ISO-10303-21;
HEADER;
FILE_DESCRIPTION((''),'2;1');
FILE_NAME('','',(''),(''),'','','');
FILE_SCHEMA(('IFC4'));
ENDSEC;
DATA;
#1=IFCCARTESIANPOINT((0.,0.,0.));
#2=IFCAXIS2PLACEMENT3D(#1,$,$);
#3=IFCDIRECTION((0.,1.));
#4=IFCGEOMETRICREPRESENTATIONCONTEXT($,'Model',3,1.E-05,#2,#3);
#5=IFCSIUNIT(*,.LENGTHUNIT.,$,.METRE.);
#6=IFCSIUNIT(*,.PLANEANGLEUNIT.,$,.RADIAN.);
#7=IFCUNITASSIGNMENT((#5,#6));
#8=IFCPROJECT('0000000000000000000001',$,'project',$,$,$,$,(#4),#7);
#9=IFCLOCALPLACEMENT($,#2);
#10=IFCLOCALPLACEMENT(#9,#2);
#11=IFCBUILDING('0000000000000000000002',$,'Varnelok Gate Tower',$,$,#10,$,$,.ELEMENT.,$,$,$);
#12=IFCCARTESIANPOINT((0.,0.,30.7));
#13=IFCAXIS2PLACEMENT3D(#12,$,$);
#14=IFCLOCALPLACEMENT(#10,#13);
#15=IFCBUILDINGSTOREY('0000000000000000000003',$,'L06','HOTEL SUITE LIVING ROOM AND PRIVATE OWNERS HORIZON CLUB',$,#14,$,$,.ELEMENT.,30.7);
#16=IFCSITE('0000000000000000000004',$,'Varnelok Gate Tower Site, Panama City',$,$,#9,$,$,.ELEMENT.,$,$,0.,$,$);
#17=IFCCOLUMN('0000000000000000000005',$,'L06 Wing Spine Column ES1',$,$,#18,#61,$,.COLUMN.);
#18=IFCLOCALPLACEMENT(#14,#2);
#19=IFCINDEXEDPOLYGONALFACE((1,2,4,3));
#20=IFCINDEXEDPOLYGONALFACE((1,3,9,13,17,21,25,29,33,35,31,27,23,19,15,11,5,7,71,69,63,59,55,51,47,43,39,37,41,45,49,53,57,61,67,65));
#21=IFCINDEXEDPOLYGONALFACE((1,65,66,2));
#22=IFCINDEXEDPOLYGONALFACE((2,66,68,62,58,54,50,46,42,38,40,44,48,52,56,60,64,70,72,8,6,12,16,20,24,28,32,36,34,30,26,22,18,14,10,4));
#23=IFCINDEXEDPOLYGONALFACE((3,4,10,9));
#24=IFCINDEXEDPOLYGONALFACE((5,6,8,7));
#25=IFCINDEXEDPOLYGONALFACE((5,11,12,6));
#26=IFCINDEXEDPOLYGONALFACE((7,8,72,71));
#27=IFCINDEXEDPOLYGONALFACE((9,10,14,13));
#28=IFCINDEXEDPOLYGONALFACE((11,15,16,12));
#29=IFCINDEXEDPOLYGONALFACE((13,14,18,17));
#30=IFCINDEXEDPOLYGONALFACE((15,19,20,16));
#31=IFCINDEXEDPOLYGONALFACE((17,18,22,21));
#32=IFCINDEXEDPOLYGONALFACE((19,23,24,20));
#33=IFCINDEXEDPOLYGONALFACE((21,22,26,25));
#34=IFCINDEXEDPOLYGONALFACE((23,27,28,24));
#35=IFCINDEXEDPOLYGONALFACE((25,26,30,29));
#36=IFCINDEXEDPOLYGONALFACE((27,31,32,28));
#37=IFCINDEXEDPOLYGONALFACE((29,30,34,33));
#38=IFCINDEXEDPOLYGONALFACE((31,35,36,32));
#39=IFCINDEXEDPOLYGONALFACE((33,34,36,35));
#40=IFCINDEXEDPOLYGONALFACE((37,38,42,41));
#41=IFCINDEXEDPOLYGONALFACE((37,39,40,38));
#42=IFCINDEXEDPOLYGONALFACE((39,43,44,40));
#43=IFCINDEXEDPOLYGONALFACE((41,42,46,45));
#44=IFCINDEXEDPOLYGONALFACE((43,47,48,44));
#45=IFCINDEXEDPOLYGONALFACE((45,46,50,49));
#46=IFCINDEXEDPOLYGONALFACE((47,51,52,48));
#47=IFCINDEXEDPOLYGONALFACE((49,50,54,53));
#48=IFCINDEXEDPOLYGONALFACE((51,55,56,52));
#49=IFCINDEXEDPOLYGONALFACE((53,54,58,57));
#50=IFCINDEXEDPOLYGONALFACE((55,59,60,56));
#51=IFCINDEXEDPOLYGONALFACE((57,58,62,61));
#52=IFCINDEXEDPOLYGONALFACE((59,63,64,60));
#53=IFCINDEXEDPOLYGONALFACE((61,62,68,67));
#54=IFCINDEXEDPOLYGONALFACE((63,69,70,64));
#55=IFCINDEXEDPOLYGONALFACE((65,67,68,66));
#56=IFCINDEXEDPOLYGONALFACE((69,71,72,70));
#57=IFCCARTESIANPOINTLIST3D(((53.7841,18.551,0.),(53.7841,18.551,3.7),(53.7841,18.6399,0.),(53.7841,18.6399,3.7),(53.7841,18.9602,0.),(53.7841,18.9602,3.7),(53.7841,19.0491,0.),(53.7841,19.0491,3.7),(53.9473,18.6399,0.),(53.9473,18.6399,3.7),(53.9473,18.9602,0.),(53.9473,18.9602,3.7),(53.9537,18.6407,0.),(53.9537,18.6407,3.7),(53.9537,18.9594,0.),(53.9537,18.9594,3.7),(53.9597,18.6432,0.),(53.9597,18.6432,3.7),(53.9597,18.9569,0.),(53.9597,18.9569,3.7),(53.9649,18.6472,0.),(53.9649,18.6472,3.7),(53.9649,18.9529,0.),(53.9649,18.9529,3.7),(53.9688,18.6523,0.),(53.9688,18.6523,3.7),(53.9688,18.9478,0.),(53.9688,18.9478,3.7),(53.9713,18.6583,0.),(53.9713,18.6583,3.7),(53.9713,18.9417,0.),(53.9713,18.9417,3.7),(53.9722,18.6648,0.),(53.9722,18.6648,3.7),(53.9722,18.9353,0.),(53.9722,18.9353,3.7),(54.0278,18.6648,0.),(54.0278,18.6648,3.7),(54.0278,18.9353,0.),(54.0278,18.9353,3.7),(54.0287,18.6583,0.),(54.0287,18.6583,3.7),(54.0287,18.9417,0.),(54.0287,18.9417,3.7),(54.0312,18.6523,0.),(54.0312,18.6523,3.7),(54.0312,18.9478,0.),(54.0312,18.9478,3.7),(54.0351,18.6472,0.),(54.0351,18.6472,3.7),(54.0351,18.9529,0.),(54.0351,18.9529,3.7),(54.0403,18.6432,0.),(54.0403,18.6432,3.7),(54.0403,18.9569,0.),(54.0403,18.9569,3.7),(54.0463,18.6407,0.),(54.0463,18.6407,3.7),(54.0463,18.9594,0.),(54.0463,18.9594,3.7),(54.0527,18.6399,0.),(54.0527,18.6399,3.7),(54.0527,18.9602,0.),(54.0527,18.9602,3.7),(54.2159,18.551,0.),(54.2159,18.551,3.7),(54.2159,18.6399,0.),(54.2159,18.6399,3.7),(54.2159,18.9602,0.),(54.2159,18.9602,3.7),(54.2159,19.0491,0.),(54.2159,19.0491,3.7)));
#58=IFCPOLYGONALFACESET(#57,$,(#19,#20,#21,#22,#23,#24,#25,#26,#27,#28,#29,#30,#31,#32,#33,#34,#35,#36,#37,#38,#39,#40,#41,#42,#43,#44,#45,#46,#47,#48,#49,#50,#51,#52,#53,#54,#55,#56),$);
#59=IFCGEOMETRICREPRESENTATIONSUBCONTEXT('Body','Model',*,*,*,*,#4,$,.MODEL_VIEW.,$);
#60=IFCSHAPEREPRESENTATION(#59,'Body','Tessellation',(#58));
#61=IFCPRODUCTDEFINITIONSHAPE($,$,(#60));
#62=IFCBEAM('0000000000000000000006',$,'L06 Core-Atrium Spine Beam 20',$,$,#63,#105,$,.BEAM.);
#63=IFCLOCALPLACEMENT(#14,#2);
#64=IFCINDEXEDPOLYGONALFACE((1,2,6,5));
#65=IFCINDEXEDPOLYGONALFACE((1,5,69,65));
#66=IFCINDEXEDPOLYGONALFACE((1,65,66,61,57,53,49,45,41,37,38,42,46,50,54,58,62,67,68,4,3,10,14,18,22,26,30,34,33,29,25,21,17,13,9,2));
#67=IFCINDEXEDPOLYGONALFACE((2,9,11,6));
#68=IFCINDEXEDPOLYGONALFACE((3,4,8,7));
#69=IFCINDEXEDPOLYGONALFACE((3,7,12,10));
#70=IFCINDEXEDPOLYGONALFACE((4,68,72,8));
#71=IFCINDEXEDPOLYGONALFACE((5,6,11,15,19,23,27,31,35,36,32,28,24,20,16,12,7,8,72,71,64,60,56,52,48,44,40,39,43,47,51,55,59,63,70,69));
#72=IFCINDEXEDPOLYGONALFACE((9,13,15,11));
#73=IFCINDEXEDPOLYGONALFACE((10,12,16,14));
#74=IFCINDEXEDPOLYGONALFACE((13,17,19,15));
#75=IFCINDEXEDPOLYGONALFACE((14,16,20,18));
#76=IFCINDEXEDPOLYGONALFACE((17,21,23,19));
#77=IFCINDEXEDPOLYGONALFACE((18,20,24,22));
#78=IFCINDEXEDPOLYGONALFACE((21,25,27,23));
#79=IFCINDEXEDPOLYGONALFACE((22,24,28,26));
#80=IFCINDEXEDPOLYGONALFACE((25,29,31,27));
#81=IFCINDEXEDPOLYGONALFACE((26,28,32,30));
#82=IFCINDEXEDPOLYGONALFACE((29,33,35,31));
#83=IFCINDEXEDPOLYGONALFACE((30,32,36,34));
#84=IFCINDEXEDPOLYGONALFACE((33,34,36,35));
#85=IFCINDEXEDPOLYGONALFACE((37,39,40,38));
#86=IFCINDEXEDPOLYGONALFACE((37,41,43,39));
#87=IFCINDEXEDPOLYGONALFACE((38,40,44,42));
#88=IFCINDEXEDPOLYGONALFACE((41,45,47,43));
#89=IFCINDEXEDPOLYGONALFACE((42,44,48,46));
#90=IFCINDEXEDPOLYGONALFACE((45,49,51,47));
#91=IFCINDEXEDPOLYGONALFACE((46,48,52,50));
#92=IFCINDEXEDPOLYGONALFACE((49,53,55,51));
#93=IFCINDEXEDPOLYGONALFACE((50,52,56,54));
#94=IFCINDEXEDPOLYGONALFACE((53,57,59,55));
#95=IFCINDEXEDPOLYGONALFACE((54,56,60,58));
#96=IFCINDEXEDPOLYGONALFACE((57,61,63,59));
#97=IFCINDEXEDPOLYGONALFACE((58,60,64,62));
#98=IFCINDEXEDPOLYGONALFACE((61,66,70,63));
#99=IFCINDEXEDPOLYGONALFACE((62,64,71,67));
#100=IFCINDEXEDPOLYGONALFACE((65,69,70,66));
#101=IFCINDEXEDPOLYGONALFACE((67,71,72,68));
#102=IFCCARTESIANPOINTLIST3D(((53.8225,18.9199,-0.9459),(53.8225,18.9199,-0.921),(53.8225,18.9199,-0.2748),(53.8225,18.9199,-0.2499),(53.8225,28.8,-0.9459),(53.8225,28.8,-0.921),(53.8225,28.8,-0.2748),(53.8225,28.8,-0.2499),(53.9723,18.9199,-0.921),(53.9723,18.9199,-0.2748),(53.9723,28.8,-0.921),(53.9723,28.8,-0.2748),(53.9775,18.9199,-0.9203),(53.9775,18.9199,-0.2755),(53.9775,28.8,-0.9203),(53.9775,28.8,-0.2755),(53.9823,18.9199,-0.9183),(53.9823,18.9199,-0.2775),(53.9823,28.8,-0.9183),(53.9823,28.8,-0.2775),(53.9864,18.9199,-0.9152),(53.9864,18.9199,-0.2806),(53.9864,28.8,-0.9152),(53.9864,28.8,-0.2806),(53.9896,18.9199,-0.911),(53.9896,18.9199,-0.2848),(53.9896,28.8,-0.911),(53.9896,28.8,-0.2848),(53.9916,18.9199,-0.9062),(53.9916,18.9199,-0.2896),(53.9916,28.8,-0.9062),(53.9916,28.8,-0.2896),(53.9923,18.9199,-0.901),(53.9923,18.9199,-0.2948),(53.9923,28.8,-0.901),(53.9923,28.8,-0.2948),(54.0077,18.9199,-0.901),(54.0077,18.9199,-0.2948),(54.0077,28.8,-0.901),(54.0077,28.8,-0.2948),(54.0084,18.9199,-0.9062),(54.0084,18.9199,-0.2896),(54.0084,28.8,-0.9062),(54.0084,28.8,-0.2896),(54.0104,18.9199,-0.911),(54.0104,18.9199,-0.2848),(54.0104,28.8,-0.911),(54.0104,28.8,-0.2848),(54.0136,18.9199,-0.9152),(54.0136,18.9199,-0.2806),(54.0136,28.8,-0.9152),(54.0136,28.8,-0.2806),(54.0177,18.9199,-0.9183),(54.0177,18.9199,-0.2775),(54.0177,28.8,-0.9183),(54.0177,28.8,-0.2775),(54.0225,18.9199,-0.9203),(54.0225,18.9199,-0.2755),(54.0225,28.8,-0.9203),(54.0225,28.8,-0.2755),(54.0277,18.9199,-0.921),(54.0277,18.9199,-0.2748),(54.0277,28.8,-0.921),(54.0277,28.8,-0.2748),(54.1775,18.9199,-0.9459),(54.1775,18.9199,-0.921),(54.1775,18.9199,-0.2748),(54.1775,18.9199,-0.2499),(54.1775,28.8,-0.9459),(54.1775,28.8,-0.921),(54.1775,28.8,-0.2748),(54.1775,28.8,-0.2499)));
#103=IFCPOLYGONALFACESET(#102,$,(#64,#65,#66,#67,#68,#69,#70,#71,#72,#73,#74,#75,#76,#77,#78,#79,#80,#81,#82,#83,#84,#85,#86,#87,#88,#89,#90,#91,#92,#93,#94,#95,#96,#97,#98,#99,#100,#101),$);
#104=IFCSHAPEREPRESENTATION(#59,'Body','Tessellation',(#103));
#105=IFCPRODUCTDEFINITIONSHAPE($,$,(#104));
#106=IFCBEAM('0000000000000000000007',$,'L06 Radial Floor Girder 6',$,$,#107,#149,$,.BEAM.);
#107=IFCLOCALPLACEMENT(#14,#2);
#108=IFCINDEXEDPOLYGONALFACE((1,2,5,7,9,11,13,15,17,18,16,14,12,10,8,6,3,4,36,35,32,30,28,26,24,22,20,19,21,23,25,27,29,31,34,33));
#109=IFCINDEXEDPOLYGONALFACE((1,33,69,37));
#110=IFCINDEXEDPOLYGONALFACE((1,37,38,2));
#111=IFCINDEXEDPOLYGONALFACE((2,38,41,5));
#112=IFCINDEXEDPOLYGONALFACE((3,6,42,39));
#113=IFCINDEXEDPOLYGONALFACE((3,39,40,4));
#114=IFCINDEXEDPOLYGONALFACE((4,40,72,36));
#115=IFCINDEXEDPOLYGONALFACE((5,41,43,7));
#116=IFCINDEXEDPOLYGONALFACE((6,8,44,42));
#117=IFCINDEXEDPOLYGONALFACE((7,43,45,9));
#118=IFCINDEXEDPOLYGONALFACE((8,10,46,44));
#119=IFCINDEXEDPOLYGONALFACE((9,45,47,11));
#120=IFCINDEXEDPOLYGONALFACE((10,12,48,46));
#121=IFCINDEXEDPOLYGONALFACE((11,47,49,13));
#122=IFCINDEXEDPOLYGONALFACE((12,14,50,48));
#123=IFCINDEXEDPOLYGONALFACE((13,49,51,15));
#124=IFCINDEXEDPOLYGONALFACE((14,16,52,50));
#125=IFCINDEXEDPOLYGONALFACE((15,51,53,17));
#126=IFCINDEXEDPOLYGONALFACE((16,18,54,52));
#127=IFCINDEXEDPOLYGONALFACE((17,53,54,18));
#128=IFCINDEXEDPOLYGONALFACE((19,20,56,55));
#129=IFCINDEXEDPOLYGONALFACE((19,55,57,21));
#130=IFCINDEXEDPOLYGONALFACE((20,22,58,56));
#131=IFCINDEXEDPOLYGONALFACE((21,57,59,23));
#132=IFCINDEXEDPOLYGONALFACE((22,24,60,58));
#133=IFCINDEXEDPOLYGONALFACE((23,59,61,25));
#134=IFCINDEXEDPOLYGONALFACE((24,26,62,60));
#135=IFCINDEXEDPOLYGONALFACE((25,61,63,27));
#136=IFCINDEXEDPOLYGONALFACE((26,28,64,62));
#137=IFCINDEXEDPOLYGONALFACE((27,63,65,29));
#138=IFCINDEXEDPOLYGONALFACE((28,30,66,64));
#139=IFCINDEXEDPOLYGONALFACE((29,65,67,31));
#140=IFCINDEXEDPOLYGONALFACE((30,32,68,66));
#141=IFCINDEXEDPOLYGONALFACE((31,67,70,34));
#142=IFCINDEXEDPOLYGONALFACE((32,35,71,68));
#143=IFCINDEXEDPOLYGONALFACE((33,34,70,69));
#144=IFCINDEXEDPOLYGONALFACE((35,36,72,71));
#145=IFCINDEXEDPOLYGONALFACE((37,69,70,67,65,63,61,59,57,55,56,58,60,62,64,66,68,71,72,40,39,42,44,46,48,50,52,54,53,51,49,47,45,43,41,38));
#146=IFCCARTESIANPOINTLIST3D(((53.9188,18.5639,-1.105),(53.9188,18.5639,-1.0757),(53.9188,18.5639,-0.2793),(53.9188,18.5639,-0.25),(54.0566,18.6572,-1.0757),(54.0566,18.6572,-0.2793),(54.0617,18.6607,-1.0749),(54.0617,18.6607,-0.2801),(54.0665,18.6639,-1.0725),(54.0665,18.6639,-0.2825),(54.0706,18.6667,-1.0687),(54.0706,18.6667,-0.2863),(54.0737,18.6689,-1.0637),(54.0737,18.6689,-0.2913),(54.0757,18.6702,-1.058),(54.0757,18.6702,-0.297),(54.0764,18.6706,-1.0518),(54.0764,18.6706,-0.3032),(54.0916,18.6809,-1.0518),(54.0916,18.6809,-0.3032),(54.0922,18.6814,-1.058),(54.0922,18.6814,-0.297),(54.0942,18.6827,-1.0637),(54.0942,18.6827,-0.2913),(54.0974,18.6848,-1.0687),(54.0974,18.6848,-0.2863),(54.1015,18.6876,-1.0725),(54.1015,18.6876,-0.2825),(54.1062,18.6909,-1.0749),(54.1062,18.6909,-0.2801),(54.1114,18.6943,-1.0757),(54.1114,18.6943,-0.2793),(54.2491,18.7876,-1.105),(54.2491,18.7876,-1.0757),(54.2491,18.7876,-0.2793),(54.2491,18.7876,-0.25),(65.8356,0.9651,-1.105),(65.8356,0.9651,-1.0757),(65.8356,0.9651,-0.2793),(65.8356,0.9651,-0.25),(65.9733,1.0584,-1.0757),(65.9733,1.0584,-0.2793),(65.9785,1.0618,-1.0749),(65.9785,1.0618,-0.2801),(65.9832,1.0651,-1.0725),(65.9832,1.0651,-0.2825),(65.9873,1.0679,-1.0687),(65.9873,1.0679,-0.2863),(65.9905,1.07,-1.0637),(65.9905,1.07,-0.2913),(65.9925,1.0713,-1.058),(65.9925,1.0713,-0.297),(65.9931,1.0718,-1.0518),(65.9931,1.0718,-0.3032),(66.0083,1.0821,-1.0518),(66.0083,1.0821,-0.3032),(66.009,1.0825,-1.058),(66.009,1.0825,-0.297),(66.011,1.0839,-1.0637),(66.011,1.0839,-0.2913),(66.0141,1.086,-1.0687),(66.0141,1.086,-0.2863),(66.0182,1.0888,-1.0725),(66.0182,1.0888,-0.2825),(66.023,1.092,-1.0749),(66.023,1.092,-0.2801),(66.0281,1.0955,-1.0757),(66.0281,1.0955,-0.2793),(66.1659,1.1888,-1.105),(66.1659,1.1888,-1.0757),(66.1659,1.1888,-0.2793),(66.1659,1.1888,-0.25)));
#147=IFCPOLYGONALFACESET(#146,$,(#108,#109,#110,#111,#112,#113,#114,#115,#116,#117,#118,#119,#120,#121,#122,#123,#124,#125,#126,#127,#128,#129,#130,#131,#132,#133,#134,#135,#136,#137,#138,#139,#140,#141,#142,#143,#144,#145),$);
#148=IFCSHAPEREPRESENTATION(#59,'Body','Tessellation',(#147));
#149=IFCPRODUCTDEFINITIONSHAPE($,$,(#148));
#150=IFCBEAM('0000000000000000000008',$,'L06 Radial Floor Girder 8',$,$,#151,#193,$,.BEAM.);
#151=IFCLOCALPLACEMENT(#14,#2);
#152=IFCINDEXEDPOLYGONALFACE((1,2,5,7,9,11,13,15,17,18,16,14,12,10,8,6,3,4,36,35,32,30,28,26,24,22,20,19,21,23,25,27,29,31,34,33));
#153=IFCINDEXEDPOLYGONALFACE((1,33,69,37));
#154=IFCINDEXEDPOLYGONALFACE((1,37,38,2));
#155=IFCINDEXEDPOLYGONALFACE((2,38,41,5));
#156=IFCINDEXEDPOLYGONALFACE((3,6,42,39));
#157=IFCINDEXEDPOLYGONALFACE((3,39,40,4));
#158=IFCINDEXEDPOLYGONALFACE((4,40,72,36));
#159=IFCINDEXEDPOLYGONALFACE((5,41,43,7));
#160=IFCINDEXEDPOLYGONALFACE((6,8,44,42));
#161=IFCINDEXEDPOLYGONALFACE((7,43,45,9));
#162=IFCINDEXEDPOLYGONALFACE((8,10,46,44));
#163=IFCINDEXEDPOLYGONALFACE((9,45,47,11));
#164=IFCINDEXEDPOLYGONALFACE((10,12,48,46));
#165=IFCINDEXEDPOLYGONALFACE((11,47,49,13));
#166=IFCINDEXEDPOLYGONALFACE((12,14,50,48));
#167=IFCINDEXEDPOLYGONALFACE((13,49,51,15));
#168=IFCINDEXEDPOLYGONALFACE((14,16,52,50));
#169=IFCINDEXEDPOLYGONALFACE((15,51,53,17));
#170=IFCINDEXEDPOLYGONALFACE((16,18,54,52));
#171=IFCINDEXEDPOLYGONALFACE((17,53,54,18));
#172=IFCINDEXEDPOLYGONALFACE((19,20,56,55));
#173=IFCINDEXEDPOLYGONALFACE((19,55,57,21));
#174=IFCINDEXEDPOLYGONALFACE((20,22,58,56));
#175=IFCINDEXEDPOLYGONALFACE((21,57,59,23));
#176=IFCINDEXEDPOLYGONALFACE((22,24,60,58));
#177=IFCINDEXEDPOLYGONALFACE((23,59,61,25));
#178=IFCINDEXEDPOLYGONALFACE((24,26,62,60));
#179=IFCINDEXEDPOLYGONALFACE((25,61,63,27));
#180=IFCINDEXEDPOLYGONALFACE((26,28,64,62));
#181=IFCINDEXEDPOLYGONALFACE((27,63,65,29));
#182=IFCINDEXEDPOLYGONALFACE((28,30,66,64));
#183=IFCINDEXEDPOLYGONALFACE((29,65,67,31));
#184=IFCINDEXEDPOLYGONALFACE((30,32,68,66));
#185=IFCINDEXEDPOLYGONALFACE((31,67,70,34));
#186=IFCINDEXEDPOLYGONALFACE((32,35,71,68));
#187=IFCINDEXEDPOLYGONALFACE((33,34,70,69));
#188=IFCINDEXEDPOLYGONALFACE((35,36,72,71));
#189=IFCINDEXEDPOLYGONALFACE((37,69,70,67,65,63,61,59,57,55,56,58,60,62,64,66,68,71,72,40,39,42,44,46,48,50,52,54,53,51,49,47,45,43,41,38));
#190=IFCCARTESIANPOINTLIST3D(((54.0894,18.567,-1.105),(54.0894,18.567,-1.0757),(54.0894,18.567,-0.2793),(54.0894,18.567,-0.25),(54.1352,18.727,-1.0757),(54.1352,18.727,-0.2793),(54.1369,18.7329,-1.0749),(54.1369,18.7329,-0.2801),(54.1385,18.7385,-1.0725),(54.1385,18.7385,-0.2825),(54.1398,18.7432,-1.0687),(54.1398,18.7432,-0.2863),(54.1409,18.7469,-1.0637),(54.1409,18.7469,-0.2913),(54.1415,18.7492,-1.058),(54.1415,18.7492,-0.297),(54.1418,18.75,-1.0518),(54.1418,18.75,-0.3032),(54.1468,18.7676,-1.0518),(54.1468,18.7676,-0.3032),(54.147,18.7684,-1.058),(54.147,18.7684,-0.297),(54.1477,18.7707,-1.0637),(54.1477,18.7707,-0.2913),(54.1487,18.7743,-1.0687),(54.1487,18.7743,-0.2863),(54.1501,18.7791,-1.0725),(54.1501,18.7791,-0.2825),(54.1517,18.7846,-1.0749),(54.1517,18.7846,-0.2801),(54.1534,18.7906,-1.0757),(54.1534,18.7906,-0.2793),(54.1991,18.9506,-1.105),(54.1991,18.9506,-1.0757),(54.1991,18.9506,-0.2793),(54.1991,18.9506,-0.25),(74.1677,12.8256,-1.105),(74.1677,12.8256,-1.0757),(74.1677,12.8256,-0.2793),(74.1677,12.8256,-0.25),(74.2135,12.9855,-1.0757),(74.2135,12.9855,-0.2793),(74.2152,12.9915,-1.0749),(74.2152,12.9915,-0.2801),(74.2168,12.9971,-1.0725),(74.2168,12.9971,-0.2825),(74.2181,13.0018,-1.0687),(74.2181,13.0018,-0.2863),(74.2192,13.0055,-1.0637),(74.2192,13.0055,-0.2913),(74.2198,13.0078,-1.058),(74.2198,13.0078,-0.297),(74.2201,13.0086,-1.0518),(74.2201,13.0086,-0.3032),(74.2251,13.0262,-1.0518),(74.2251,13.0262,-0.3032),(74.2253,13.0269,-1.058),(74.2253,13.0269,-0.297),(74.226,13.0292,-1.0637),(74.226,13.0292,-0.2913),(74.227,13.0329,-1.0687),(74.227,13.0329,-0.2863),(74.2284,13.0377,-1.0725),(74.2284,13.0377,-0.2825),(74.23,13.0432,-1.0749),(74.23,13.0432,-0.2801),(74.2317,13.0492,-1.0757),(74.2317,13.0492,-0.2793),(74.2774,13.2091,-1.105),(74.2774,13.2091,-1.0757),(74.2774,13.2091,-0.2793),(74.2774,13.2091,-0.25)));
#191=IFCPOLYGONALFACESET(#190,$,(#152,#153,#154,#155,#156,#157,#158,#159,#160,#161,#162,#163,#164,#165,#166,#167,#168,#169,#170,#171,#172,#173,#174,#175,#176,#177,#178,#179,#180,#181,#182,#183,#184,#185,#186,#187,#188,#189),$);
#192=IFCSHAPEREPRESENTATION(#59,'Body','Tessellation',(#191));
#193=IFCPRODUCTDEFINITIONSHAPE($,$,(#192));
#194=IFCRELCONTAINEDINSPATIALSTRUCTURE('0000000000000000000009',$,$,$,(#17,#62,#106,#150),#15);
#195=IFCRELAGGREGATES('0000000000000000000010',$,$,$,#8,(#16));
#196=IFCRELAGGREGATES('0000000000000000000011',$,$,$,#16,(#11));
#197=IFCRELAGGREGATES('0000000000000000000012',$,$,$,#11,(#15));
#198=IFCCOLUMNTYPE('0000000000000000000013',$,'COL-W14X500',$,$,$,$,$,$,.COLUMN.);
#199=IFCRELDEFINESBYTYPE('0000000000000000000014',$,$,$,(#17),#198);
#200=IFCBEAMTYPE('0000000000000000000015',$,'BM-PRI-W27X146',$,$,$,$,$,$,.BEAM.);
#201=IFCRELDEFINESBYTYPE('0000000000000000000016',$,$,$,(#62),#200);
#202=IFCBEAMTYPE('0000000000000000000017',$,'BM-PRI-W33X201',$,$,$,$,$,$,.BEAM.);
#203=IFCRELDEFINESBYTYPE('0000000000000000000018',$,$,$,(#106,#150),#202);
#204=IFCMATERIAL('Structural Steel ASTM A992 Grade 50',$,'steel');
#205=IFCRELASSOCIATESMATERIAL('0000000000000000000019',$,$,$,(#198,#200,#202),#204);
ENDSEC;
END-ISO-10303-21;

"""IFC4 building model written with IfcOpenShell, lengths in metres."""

from ifc_helpers import new_model, si_unit, direction, frame, origin, origin_2d, place, context, subcontext, project, spatial, i_section, extrude, material, material_profile, profile_set, type_object, element, save


model = new_model("IFC4")

# Units and contexts
model_context = context("Model", 3, precision=1e-05, world=origin(), true_north=direction((0.0, 1.0)))
body_context = subcontext(model_context, "Body", "Model", "MODEL_VIEW")
ifc_project = project(units=[si_unit("LENGTHUNIT", "METRE"), si_unit("PLANEANGLEUNIT", "RADIAN")], contexts=[model_context])

# Site, building, storey
site_placement = place(None, origin())
site = spatial("IfcSite", under=ifc_project, at=site_placement, Name="Varnelok Gate Tower Site, Panama City", CompositionType="ELEMENT", RefElevation=0.0)
building_placement = place(site_placement, origin())
building = spatial("IfcBuilding", under=site, at=building_placement, Name="Varnelok Gate Tower", CompositionType="ELEMENT")
storey_placement = place(building_placement, frame((0.0, 0.0, 30.7)))
storey = spatial("IfcBuildingStorey", under=building, at=storey_placement, Name="L06", Description="HOTEL SUITE LIVING ROOM AND PRIVATE OWNERS HORIZON CLUB", CompositionType="ELEMENT", Elevation=30.7)

# Column
ifc_material_1 = material(Name="Structural Steel ASTM A992 Grade 50", Category="steel")
ifc_material_profile_1 = material_profile(ifc_material_1, i_section(OverallWidth=0.4319, OverallDepth=0.498, WebThickness=0.0557, FlangeThickness=0.0889, FilletRadius=0.0249, at=origin_2d()), Name="W14X500")
ifc_profile_set_1 = profile_set([ifc_material_profile_1], Name="Structural Steel ASTM A992 Grade 50")
column_type = type_object("IfcColumnType", Name="COL-W14X500", PredefinedType="COLUMN", material=ifc_profile_set_1)
column_placement = place(storey_placement, frame((54.0, 18.8, 0.0), z_axis=(0.0, 0.0, 1.0), x_axis=(1.0, 0.0, 0.0)))
element("IfcColumn", 1, at=column_placement, inside=storey, type_object=column_type, Name="L06 Wing Spine Column ES1", PredefinedType="COLUMN", context=body_context, shape_type="SweptSolid", body=[
    extrude(i_section(OverallWidth=0.4319, OverallDepth=0.498, WebThickness=0.0557, FlangeThickness=0.0889, FilletRadius=0.0249, at=origin_2d()), origin(), (0.0, 0.0, 1.0), 3.7),
])

# Beams
ifc_material_profile_2 = material_profile(ifc_material_1, i_section(OverallWidth=0.355, OverallDepth=0.696, WebThickness=0.0154, FlangeThickness=0.0249, FilletRadius=0.02, at=origin_2d()), Name="W27X146")
ifc_profile_set_2 = profile_set([ifc_material_profile_2], Name="Structural Steel ASTM A992 Grade 50")
beam_type_1 = type_object("IfcBeamType", Name="BM-PRI-W27X146", PredefinedType="BEAM", material=ifc_profile_set_2)
beam_1_placement = place(storey_placement, frame((54.0, 18.9199, -0.5979), z_axis=(0.0, 1.0, 0.0), x_axis=(-1.0, 0.0, 0.0)))
element("IfcBeam", 2, at=beam_1_placement, inside=storey, type_object=beam_type_1, Name="L06 Core-Atrium Spine Beam 20", PredefinedType="BEAM", context=body_context, shape_type="SweptSolid", body=[
    extrude(i_section(OverallWidth=0.355, OverallDepth=0.696, WebThickness=0.0154, FlangeThickness=0.0249, FilletRadius=0.02, at=origin_2d()), origin(), (0.0, 0.0, 1.0), 9.8801),
])
ifc_material_profile_3 = material_profile(ifc_material_1, i_section(OverallWidth=0.3989, OverallDepth=0.855, WebThickness=0.0183, FlangeThickness=0.0293, FilletRadius=0.0239, at=origin_2d()), Name="W33X201")
ifc_profile_set_3 = profile_set([ifc_material_profile_3], Name="Structural Steel ASTM A992 Grade 50")
beam_type_2 = type_object("IfcBeamType", Name="BM-PRI-W33X201", PredefinedType="BEAM", material=ifc_profile_set_3)
beam_2_placement = place(storey_placement, frame((54.084, 18.6758, -0.6775), z_axis=(0.560685, -0.828029, 0.0), x_axis=(0.828029, 0.560685, 0.0)))
element("IfcBeam", 3, at=beam_2_placement, inside=storey, type_object=beam_type_2, Name="L06 Radial Floor Girder 6", PredefinedType="BEAM", context=body_context, shape_type="SweptSolid", body=[
    extrude(i_section(OverallWidth=0.3989, OverallDepth=0.855, WebThickness=0.0183, FlangeThickness=0.0293, FilletRadius=0.0239, at=origin_2d()), origin(), (0.0, 0.0, 1.0), 21.2539),
])
beam_3_placement = place(storey_placement, frame((54.1443, 18.7588, -0.6775), z_axis=(0.961463, -0.274933, 0.0), x_axis=(0.274933, 0.961463, 0.0)))
element("IfcBeam", 4, at=beam_3_placement, inside=storey, type_object=beam_type_2, Name="L06 Radial Floor Girder 8", PredefinedType="BEAM", context=body_context, shape_type="SweptSolid", body=[
    extrude(i_section(OverallWidth=0.3989, OverallDepth=0.855, WebThickness=0.0183, FlangeThickness=0.0293, FilletRadius=0.0239, at=origin_2d()), origin(), (0.0, 0.0, 1.0), 20.8831),
])

save(model, "model.ifc")
